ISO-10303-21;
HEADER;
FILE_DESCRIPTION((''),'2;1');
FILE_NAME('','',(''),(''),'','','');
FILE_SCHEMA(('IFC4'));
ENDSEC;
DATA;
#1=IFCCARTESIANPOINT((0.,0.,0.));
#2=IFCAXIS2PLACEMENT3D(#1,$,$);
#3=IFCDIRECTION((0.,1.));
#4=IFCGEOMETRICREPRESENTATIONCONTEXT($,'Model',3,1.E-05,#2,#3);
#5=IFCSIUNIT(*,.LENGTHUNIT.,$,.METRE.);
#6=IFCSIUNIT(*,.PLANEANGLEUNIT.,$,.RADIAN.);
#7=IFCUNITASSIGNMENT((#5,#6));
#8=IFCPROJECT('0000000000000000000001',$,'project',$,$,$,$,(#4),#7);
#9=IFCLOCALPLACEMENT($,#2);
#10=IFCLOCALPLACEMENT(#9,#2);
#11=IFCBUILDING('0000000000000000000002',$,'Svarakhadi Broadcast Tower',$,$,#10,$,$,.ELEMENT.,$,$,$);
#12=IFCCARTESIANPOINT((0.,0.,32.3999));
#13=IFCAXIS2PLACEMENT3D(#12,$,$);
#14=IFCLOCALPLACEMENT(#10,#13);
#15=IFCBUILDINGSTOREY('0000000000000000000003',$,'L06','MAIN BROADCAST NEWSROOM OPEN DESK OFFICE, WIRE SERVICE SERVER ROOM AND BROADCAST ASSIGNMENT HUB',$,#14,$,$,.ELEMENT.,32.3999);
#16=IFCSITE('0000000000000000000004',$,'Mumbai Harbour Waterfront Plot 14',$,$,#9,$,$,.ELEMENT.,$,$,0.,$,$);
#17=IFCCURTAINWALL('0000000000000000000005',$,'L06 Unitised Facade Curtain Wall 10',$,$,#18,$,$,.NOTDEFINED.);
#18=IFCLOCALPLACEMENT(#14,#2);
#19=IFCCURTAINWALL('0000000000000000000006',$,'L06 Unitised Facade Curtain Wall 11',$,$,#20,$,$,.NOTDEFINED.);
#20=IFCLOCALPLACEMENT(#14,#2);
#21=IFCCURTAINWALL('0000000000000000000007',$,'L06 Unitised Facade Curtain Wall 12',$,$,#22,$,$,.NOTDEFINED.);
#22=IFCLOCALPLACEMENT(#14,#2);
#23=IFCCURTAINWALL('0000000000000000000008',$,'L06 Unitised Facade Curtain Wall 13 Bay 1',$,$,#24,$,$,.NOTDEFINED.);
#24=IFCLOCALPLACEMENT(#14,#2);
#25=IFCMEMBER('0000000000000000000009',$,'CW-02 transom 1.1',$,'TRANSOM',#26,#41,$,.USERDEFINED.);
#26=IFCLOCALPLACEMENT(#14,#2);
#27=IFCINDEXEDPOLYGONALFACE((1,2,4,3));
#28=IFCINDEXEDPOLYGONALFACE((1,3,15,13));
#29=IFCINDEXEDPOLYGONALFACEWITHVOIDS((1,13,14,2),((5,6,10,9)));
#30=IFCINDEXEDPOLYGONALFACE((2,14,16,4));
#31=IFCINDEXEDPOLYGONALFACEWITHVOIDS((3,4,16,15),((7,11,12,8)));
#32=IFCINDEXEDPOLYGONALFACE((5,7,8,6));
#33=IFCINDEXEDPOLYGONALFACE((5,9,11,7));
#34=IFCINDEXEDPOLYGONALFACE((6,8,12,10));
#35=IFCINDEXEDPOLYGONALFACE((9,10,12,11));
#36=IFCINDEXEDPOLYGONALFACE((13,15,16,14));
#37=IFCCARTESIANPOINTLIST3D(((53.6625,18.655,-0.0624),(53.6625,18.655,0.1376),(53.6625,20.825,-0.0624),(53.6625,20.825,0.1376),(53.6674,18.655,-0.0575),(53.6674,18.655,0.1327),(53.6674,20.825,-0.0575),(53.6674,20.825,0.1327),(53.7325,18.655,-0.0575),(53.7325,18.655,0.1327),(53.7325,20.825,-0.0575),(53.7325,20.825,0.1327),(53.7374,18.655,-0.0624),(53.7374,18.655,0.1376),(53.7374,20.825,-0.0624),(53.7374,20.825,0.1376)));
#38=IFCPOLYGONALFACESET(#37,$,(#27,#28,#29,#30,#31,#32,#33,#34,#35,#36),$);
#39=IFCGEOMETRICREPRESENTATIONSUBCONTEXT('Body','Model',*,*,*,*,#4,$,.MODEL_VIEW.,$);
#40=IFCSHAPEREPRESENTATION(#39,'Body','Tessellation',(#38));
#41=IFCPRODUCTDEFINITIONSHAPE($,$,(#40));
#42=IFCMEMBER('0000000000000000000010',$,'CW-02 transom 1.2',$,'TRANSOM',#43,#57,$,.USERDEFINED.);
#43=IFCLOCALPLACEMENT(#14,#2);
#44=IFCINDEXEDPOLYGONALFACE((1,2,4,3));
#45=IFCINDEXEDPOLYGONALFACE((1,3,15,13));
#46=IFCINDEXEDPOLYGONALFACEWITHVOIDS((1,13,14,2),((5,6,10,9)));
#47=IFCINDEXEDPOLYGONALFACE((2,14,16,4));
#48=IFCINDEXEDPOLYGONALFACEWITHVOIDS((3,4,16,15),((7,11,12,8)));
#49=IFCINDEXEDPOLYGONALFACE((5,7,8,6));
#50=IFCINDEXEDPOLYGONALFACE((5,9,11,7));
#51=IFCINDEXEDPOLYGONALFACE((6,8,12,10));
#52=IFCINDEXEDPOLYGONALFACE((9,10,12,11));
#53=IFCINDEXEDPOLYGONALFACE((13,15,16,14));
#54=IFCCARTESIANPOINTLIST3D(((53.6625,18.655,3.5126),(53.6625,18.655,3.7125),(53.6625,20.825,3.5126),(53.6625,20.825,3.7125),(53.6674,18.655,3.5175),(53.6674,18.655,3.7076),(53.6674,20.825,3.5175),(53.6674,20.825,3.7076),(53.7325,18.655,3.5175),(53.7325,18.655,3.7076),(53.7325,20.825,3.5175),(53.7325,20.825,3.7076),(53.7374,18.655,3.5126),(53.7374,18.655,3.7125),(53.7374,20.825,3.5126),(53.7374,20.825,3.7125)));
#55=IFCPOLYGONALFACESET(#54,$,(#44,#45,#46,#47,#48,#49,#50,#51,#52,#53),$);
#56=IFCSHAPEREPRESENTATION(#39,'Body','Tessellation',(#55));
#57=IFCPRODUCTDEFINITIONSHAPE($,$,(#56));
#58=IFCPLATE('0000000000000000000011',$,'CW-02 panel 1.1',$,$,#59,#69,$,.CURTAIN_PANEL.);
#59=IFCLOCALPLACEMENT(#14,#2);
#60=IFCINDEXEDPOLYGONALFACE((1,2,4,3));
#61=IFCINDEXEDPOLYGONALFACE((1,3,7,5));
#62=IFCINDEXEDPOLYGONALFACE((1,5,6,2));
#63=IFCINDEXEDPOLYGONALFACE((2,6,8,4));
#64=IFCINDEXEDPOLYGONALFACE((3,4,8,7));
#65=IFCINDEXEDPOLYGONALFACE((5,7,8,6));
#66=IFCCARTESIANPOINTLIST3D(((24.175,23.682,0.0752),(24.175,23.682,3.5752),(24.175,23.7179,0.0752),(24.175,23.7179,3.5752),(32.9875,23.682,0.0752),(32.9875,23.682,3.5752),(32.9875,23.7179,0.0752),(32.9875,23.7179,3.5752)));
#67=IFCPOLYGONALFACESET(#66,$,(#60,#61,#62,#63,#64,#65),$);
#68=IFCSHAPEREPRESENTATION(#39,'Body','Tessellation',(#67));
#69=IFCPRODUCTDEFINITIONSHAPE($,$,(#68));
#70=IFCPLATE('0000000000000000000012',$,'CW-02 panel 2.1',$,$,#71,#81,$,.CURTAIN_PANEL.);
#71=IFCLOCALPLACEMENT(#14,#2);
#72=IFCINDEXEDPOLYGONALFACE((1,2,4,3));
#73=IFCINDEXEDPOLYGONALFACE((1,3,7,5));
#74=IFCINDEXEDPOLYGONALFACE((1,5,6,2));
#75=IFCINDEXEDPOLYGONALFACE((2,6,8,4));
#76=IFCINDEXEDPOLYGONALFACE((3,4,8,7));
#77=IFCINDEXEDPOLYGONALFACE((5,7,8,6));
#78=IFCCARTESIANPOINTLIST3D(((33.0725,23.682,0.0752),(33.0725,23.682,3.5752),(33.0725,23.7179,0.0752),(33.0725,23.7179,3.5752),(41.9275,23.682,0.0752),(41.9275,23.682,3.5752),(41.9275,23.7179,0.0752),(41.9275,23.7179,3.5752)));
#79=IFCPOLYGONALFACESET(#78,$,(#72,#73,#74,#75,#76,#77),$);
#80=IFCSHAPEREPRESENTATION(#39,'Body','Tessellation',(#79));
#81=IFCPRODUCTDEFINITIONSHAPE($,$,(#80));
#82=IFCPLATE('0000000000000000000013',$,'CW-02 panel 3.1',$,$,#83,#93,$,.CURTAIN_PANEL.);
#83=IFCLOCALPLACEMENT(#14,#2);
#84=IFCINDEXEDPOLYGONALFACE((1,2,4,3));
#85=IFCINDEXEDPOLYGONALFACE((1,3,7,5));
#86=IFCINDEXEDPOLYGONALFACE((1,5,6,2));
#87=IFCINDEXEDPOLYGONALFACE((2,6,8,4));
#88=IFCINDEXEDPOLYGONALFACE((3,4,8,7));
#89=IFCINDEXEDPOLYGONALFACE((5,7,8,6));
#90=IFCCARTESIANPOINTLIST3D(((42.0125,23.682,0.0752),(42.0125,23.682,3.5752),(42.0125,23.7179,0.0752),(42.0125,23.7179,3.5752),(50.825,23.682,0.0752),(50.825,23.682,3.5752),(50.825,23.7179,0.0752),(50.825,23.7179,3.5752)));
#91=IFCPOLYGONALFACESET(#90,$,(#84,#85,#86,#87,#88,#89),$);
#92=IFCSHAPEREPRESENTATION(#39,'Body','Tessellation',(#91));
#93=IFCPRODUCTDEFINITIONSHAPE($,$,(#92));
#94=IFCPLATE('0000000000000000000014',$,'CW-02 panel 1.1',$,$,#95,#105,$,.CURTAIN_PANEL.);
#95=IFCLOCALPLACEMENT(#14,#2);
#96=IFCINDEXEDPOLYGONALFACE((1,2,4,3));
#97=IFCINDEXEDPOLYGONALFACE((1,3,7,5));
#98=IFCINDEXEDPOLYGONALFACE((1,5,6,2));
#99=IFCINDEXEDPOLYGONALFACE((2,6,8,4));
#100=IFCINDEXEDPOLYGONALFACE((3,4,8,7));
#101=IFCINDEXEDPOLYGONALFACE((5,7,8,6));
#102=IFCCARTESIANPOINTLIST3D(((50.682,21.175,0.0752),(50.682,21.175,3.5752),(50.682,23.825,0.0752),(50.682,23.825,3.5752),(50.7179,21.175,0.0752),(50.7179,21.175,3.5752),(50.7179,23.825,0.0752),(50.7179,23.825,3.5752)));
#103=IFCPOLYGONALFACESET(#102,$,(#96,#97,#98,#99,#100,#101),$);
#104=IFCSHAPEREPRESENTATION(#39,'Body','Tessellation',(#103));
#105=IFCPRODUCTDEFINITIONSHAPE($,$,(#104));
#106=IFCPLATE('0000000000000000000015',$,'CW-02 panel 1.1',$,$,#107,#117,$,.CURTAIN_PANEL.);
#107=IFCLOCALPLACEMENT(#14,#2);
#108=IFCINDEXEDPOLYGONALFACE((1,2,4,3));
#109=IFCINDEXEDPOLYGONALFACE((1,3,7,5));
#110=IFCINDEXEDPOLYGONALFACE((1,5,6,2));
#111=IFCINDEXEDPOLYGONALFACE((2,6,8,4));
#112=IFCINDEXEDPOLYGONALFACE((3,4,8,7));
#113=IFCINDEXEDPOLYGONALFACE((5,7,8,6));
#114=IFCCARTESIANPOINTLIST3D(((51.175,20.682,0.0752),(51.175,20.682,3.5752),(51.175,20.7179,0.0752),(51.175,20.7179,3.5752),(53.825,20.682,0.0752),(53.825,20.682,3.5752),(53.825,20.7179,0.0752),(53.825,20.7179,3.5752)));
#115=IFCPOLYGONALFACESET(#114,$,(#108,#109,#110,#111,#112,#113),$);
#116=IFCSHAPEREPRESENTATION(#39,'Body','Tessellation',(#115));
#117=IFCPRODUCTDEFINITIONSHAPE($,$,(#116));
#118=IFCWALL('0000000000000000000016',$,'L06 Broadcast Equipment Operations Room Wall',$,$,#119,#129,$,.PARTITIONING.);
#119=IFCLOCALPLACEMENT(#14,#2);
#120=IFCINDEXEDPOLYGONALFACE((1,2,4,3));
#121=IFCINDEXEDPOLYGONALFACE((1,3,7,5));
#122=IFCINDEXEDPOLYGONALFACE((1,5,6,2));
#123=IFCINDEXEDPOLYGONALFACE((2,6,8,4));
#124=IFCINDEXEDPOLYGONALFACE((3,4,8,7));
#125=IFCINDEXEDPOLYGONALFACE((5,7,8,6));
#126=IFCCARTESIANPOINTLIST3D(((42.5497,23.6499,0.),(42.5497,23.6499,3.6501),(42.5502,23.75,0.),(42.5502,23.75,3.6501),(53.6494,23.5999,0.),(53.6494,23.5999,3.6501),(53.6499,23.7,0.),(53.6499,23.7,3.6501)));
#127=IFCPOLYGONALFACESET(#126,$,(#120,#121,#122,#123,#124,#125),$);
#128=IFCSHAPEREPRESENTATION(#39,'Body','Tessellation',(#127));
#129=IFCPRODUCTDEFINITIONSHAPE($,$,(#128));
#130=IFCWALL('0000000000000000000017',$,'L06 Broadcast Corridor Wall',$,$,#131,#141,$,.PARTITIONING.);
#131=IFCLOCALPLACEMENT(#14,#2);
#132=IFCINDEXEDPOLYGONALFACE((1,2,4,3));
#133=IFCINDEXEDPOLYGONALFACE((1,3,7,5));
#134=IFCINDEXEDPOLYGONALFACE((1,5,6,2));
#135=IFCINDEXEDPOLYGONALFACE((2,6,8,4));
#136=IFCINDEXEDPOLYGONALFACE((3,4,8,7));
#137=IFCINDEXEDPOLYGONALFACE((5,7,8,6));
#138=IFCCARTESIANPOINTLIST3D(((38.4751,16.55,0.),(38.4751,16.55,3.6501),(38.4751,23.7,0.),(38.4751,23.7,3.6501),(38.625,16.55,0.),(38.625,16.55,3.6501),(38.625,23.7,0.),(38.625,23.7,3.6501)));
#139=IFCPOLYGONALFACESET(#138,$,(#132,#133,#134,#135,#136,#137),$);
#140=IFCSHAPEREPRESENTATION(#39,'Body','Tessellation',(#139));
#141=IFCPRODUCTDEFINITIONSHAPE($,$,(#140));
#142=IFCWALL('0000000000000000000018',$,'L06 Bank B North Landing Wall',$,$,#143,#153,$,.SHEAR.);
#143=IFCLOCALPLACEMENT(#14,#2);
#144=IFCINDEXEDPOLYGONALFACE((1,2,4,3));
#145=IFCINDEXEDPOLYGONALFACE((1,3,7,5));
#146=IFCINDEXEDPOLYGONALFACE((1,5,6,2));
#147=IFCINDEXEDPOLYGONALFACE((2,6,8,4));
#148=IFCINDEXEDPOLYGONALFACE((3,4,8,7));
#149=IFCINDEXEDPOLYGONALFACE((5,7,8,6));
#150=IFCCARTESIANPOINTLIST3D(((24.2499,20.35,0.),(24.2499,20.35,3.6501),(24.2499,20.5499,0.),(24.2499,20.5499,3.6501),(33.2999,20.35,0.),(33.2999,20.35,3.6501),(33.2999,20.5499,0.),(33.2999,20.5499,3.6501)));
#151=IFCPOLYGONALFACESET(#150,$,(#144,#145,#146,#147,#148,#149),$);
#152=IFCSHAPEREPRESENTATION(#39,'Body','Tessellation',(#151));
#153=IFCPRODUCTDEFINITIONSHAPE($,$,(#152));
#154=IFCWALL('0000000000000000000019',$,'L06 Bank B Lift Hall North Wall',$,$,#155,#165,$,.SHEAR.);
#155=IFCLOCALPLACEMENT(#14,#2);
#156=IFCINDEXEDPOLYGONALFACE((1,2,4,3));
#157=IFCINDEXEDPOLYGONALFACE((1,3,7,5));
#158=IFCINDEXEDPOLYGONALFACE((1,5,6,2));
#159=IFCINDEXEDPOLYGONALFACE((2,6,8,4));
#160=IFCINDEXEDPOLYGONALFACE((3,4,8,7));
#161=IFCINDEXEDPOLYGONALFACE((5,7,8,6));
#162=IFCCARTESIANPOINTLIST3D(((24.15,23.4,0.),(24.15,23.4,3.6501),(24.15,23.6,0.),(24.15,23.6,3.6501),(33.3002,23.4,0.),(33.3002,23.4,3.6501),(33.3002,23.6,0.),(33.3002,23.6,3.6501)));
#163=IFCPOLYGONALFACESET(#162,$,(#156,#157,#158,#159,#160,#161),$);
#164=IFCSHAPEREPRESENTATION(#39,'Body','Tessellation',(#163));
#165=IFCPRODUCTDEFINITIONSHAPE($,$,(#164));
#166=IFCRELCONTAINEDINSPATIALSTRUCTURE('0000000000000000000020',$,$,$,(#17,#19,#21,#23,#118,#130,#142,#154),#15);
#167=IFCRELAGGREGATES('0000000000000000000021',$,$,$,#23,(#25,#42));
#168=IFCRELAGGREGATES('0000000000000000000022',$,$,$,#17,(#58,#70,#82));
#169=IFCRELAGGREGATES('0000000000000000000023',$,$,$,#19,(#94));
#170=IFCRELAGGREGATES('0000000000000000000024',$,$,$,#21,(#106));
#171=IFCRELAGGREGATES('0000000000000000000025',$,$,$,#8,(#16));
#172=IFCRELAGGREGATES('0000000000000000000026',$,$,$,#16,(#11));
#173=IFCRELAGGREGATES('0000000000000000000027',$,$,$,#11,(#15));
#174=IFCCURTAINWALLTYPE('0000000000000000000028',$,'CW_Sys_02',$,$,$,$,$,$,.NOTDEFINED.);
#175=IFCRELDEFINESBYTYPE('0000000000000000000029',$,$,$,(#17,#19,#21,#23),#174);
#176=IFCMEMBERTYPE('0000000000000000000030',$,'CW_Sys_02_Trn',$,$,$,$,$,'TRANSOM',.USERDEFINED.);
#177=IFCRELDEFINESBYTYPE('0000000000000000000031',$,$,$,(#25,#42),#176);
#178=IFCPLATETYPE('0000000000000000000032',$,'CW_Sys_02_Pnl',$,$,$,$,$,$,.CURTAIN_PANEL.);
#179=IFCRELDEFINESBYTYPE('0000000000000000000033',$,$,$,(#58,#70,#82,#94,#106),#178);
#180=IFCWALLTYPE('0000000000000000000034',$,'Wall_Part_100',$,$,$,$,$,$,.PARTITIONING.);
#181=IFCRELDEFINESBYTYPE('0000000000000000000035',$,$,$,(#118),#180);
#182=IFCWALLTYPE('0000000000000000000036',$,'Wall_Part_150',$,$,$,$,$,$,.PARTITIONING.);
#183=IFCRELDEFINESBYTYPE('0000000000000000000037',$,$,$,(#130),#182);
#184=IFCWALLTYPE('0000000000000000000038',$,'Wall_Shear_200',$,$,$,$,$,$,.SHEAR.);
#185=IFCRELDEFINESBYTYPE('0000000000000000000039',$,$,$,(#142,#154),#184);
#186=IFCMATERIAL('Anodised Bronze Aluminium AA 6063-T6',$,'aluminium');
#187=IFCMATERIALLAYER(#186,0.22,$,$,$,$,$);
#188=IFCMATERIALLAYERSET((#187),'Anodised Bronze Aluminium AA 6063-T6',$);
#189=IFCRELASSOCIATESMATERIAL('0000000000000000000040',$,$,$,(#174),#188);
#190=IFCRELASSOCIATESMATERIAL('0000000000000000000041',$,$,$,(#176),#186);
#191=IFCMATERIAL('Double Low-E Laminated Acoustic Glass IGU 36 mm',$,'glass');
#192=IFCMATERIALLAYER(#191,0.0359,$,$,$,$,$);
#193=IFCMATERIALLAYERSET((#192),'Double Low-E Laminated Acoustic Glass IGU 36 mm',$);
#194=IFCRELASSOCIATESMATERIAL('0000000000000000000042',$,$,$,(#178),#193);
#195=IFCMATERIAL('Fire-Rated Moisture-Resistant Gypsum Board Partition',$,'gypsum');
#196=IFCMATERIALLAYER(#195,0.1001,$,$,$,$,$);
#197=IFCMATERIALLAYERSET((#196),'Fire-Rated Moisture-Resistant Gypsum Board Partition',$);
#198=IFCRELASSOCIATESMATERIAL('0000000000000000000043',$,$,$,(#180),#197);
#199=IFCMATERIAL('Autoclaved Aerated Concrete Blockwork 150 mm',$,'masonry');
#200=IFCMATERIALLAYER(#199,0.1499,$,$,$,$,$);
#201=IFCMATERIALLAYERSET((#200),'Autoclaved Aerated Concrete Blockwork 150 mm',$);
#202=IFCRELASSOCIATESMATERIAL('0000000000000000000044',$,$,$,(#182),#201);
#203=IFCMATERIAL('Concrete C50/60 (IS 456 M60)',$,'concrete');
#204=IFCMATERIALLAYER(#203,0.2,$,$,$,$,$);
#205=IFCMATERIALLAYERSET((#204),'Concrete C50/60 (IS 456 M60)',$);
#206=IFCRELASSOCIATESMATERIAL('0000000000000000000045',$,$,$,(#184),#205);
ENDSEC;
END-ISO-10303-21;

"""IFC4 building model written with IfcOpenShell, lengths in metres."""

from ifc_helpers import new_model, si_unit, direction, frame, frame_2d, origin, origin_2d, place, context, subcontext, project, spatial, rectangle, hollow_rectangle, extrude, material, layer, layer_set, material_profile, profile_set, type_object, element, aggregate, save


model = new_model("IFC4")

# Units and contexts
model_context = context("Model", 3, precision=1e-05, world=origin(), true_north=direction((0.0, 1.0)))
body_context = subcontext(model_context, "Body", "Model", "MODEL_VIEW")
ifc_project = project(units=[si_unit("LENGTHUNIT", "METRE"), si_unit("PLANEANGLEUNIT", "RADIAN")], contexts=[model_context])

# Site, building, storey
site_placement = place(None, origin())
site = spatial("IfcSite", under=ifc_project, at=site_placement, Name="Mumbai Harbour Waterfront Plot 14", CompositionType="ELEMENT", RefElevation=0.0)
building_placement = place(site_placement, origin())
building = spatial("IfcBuilding", under=site, at=building_placement, Name="Svarakhadi Broadcast Tower", CompositionType="ELEMENT")
storey_placement = place(building_placement, frame((0.0, 0.0, 32.3999)))
storey = spatial("IfcBuildingStorey", under=building, at=storey_placement, Name="L06", Description="MAIN BROADCAST NEWSROOM OPEN DESK OFFICE, WIRE SERVICE SERVER ROOM AND BROADCAST ASSIGNMENT HUB", CompositionType="ELEMENT", Elevation=32.3999)

# Shared definitions
ifc_material_1 = material(Name="Anodised Bronze Aluminium AA 6063-T6", Category="aluminium")
ifc_layer_1 = layer(ifc_material_1, 0.22)
ifc_layer_set_1 = layer_set([ifc_layer_1], Name="Anodised Bronze Aluminium AA 6063-T6")
curtain_wall_type = type_object("IfcCurtainWallType", Name="CW_Sys_02", PredefinedType="NOTDEFINED", material=ifc_layer_set_1)

# Curtain walls
curtain_wall_1_placement = place(storey_placement, origin())
curtain_wall_1 = element("IfcCurtainWall", 1, at=curtain_wall_1_placement, inside=storey, type_object=curtain_wall_type, Name="L06 Unitised Facade Curtain Wall 10", PredefinedType="NOTDEFINED")
curtain_wall_2_placement = place(storey_placement, origin())
curtain_wall_2 = element("IfcCurtainWall", 2, at=curtain_wall_2_placement, inside=storey, type_object=curtain_wall_type, Name="L06 Unitised Facade Curtain Wall 11", PredefinedType="NOTDEFINED")
curtain_wall_3_placement = place(storey_placement, origin())
curtain_wall_3 = element("IfcCurtainWall", 3, at=curtain_wall_3_placement, inside=storey, type_object=curtain_wall_type, Name="L06 Unitised Facade Curtain Wall 12", PredefinedType="NOTDEFINED")

# Curtain wall
curtain_wall_4_placement = place(storey_placement, origin())
curtain_wall_4 = element("IfcCurtainWall", 4, at=curtain_wall_4_placement, inside=storey, type_object=curtain_wall_type, Name="L06 Unitised Facade Curtain Wall 13 Bay 1", PredefinedType="NOTDEFINED")

# Members
ifc_material_profile_1 = material_profile(ifc_material_1, hollow_rectangle(XDim=0.075, YDim=0.2, WallThickness=0.0049, at=origin_2d()), Name="ALU TRANSOM 200x75x5")
ifc_profile_set_1 = profile_set([ifc_material_profile_1], Name="Anodised Bronze Aluminium AA 6063-T6")
member_type_1 = type_object("IfcMemberType", Name="CW_Sys_02_Trn", ElementType="TRANSOM", PredefinedType="USERDEFINED", material=ifc_profile_set_1)
member_1_placement = place(storey_placement, frame((53.7, 20.825, 0.0376), z_axis=(0.0, -1.0, 0.0), x_axis=(1.0, 0.0, 0.0)))
member_1 = element("IfcMember", 5, at=member_1_placement, type_object=member_type_1, Name="CW-02 transom 1.1", ObjectType="TRANSOM", PredefinedType="USERDEFINED", context=body_context, shape_type="SweptSolid", body=[
    extrude(hollow_rectangle(XDim=0.075, YDim=0.2, WallThickness=0.0049, at=origin_2d()), origin(), (0.0, 0.0, 1.0), 2.1699),
])
member_2_placement = place(storey_placement, frame((53.7, 20.825, 3.6125), z_axis=(0.0, -1.0, 0.0), x_axis=(1.0, 0.0, 0.0)))
member_2 = element("IfcMember", 6, at=member_2_placement, type_object=member_type_1, Name="CW-02 transom 1.2", ObjectType="TRANSOM", PredefinedType="USERDEFINED", context=body_context, shape_type="SweptSolid", body=[
    extrude(hollow_rectangle(XDim=0.075, YDim=0.2, WallThickness=0.0049, at=origin_2d()), origin(), (0.0, 0.0, 1.0), 2.1699),
])
aggregate(curtain_wall_4, [member_1, member_2])

# Plates
ifc_material_2 = material(Name="Double Low-E Laminated Acoustic Glass IGU 36 mm", Category="glass")
ifc_layer_2 = layer(ifc_material_2, 0.0359)
ifc_layer_set_2 = layer_set([ifc_layer_2], Name="Double Low-E Laminated Acoustic Glass IGU 36 mm")
plate_type = type_object("IfcPlateType", Name="CW_Sys_02_Pnl", PredefinedType="CURTAIN_PANEL", material=ifc_layer_set_2)
plate_1_placement = place(storey_placement, frame((28.5813, 23.7, 0.0752), z_axis=(0.0, 0.0, 1.0), x_axis=(1.0, 0.0, 0.0)))
plate_1 = element("IfcPlate", 7, at=plate_1_placement, type_object=plate_type, Name="CW-02 panel 1.1", PredefinedType="CURTAIN_PANEL", context=body_context, shape_type="SweptSolid", body=[
    extrude(rectangle(XDim=8.8125, YDim=0.0359, at=origin_2d()), origin(), (0.0, 0.0, 1.0), 3.5),
])
plate_2_placement = place(storey_placement, frame((37.5, 23.7, 0.0752), z_axis=(0.0, 0.0, 1.0), x_axis=(1.0, 0.0, 0.0)))
plate_2 = element("IfcPlate", 8, at=plate_2_placement, type_object=plate_type, Name="CW-02 panel 2.1", PredefinedType="CURTAIN_PANEL", context=body_context, shape_type="SweptSolid", body=[
    extrude(rectangle(XDim=8.855, YDim=0.0359, at=origin_2d()), origin(), (0.0, 0.0, 1.0), 3.5),
])
plate_3_placement = place(storey_placement, frame((46.4187, 23.7, 0.0752), z_axis=(0.0, 0.0, 1.0), x_axis=(1.0, 0.0, 0.0)))
plate_3 = element("IfcPlate", 9, at=plate_3_placement, type_object=plate_type, Name="CW-02 panel 3.1", PredefinedType="CURTAIN_PANEL", context=body_context, shape_type="SweptSolid", body=[
    extrude(rectangle(XDim=8.8125, YDim=0.0359, at=origin_2d()), origin(), (0.0, 0.0, 1.0), 3.5),
])
aggregate(curtain_wall_1, [plate_1, plate_2, plate_3])
plate_4_placement = place(storey_placement, frame((50.7, 22.5, 0.0752), z_axis=(0.0, 0.0, 1.0), x_axis=(0.0, -1.0, 0.0)))
plate_4 = element("IfcPlate", 10, at=plate_4_placement, type_object=plate_type, Name="CW-02 panel 1.1", PredefinedType="CURTAIN_PANEL", context=body_context, shape_type="SweptSolid", body=[
    extrude(rectangle(XDim=2.6499, YDim=0.0359, at=origin_2d()), origin(), (0.0, 0.0, 1.0), 3.5),
])
aggregate(curtain_wall_2, [plate_4])
plate_5_placement = place(storey_placement, frame((52.5, 20.7, 0.0752), z_axis=(0.0, 0.0, 1.0), x_axis=(1.0, 0.0, 0.0)))
plate_5 = element("IfcPlate", 11, at=plate_5_placement, type_object=plate_type, Name="CW-02 panel 1.1", PredefinedType="CURTAIN_PANEL", context=body_context, shape_type="SweptSolid", body=[
    extrude(rectangle(XDim=2.6499, YDim=0.0359, at=origin_2d()), origin(), (0.0, 0.0, 1.0), 3.5),
])
aggregate(curtain_wall_3, [plate_5])

# Walls
ifc_material_3 = material(Name="Fire-Rated Moisture-Resistant Gypsum Board Partition", Category="gypsum")
ifc_layer_3 = layer(ifc_material_3, 0.1001)
ifc_layer_set_3 = layer_set([ifc_layer_3], Name="Fire-Rated Moisture-Resistant Gypsum Board Partition")
wall_type_1 = type_object("IfcWallType", Name="Wall_Part_100", PredefinedType="PARTITIONING", material=ifc_layer_set_3)
wall_1_placement = place(storey_placement, frame((42.55, 23.7, 0.0), z_axis=(0.0, 0.0, 1.0), x_axis=(0.99999, -0.004509, 0.0)))
element("IfcWall", 12, at=wall_1_placement, inside=storey, type_object=wall_type_1, Name="L06 Broadcast Equipment Operations Room Wall", PredefinedType="PARTITIONING", context=body_context, shape_type="SweptSolid", body=[
    extrude(rectangle(XDim=11.0999, YDim=0.1001, at=frame_2d((5.5498, 0.0))), origin(), (0.0, 0.0, 1.0), 3.6501),
])
ifc_material_4 = material(Name="Autoclaved Aerated Concrete Blockwork 150 mm", Category="masonry")
ifc_layer_4 = layer(ifc_material_4, 0.1499)
ifc_layer_set_4 = layer_set([ifc_layer_4], Name="Autoclaved Aerated Concrete Blockwork 150 mm")
wall_type_2 = type_object("IfcWallType", Name="Wall_Part_150", PredefinedType="PARTITIONING", material=ifc_layer_set_4)
wall_2_placement = place(storey_placement, frame((38.55, 23.7, 0.0), z_axis=(0.0, 0.0, 1.0), x_axis=(0.0, -1.0, 0.0)))
element("IfcWall", 13, at=wall_2_placement, inside=storey, type_object=wall_type_2, Name="L06 Broadcast Corridor Wall", PredefinedType="PARTITIONING", context=body_context, shape_type="SweptSolid", body=[
    extrude(rectangle(XDim=7.1499, YDim=0.1499, at=frame_2d((3.575, 0.0))), origin(), (0.0, 0.0, 1.0), 3.6501),
])
ifc_material_5 = material(Name="Concrete C50/60 (IS 456 M60)", Category="concrete")
ifc_layer_5 = layer(ifc_material_5, 0.2)
ifc_layer_set_5 = layer_set([ifc_layer_5], Name="Concrete C50/60 (IS 456 M60)")
wall_type_3 = type_object("IfcWallType", Name="Wall_Shear_200", PredefinedType="SHEAR", material=ifc_layer_set_5)
wall_3_placement = place(storey_placement, frame((24.25, 20.45, 0.0), z_axis=(0.0, 0.0, 1.0), x_axis=(1.0, 0.0, 0.0)))
element("IfcWall", 14, at=wall_3_placement, inside=storey, type_object=wall_type_3, Name="L06 Bank B North Landing Wall", PredefinedType="SHEAR", context=body_context, shape_type="SweptSolid", body=[
    extrude(rectangle(XDim=9.05, YDim=0.2, at=frame_2d((4.5249, 0.0))), origin(), (0.0, 0.0, 1.0), 3.6501),
])
wall_4_placement = place(storey_placement, frame((24.1499, 23.5, 0.0), z_axis=(0.0, 0.0, 1.0), x_axis=(1.0, 0.0, 0.0)))
element("IfcWall", 15, at=wall_4_placement, inside=storey, type_object=wall_type_3, Name="L06 Bank B Lift Hall North Wall", PredefinedType="SHEAR", context=body_context, shape_type="SweptSolid", body=[
    extrude(rectangle(XDim=9.1501, YDim=0.2, at=frame_2d((4.5752, 0.0))), origin(), (0.0, 0.0, 1.0), 3.6501),
])

save(model, "model.ifc")
